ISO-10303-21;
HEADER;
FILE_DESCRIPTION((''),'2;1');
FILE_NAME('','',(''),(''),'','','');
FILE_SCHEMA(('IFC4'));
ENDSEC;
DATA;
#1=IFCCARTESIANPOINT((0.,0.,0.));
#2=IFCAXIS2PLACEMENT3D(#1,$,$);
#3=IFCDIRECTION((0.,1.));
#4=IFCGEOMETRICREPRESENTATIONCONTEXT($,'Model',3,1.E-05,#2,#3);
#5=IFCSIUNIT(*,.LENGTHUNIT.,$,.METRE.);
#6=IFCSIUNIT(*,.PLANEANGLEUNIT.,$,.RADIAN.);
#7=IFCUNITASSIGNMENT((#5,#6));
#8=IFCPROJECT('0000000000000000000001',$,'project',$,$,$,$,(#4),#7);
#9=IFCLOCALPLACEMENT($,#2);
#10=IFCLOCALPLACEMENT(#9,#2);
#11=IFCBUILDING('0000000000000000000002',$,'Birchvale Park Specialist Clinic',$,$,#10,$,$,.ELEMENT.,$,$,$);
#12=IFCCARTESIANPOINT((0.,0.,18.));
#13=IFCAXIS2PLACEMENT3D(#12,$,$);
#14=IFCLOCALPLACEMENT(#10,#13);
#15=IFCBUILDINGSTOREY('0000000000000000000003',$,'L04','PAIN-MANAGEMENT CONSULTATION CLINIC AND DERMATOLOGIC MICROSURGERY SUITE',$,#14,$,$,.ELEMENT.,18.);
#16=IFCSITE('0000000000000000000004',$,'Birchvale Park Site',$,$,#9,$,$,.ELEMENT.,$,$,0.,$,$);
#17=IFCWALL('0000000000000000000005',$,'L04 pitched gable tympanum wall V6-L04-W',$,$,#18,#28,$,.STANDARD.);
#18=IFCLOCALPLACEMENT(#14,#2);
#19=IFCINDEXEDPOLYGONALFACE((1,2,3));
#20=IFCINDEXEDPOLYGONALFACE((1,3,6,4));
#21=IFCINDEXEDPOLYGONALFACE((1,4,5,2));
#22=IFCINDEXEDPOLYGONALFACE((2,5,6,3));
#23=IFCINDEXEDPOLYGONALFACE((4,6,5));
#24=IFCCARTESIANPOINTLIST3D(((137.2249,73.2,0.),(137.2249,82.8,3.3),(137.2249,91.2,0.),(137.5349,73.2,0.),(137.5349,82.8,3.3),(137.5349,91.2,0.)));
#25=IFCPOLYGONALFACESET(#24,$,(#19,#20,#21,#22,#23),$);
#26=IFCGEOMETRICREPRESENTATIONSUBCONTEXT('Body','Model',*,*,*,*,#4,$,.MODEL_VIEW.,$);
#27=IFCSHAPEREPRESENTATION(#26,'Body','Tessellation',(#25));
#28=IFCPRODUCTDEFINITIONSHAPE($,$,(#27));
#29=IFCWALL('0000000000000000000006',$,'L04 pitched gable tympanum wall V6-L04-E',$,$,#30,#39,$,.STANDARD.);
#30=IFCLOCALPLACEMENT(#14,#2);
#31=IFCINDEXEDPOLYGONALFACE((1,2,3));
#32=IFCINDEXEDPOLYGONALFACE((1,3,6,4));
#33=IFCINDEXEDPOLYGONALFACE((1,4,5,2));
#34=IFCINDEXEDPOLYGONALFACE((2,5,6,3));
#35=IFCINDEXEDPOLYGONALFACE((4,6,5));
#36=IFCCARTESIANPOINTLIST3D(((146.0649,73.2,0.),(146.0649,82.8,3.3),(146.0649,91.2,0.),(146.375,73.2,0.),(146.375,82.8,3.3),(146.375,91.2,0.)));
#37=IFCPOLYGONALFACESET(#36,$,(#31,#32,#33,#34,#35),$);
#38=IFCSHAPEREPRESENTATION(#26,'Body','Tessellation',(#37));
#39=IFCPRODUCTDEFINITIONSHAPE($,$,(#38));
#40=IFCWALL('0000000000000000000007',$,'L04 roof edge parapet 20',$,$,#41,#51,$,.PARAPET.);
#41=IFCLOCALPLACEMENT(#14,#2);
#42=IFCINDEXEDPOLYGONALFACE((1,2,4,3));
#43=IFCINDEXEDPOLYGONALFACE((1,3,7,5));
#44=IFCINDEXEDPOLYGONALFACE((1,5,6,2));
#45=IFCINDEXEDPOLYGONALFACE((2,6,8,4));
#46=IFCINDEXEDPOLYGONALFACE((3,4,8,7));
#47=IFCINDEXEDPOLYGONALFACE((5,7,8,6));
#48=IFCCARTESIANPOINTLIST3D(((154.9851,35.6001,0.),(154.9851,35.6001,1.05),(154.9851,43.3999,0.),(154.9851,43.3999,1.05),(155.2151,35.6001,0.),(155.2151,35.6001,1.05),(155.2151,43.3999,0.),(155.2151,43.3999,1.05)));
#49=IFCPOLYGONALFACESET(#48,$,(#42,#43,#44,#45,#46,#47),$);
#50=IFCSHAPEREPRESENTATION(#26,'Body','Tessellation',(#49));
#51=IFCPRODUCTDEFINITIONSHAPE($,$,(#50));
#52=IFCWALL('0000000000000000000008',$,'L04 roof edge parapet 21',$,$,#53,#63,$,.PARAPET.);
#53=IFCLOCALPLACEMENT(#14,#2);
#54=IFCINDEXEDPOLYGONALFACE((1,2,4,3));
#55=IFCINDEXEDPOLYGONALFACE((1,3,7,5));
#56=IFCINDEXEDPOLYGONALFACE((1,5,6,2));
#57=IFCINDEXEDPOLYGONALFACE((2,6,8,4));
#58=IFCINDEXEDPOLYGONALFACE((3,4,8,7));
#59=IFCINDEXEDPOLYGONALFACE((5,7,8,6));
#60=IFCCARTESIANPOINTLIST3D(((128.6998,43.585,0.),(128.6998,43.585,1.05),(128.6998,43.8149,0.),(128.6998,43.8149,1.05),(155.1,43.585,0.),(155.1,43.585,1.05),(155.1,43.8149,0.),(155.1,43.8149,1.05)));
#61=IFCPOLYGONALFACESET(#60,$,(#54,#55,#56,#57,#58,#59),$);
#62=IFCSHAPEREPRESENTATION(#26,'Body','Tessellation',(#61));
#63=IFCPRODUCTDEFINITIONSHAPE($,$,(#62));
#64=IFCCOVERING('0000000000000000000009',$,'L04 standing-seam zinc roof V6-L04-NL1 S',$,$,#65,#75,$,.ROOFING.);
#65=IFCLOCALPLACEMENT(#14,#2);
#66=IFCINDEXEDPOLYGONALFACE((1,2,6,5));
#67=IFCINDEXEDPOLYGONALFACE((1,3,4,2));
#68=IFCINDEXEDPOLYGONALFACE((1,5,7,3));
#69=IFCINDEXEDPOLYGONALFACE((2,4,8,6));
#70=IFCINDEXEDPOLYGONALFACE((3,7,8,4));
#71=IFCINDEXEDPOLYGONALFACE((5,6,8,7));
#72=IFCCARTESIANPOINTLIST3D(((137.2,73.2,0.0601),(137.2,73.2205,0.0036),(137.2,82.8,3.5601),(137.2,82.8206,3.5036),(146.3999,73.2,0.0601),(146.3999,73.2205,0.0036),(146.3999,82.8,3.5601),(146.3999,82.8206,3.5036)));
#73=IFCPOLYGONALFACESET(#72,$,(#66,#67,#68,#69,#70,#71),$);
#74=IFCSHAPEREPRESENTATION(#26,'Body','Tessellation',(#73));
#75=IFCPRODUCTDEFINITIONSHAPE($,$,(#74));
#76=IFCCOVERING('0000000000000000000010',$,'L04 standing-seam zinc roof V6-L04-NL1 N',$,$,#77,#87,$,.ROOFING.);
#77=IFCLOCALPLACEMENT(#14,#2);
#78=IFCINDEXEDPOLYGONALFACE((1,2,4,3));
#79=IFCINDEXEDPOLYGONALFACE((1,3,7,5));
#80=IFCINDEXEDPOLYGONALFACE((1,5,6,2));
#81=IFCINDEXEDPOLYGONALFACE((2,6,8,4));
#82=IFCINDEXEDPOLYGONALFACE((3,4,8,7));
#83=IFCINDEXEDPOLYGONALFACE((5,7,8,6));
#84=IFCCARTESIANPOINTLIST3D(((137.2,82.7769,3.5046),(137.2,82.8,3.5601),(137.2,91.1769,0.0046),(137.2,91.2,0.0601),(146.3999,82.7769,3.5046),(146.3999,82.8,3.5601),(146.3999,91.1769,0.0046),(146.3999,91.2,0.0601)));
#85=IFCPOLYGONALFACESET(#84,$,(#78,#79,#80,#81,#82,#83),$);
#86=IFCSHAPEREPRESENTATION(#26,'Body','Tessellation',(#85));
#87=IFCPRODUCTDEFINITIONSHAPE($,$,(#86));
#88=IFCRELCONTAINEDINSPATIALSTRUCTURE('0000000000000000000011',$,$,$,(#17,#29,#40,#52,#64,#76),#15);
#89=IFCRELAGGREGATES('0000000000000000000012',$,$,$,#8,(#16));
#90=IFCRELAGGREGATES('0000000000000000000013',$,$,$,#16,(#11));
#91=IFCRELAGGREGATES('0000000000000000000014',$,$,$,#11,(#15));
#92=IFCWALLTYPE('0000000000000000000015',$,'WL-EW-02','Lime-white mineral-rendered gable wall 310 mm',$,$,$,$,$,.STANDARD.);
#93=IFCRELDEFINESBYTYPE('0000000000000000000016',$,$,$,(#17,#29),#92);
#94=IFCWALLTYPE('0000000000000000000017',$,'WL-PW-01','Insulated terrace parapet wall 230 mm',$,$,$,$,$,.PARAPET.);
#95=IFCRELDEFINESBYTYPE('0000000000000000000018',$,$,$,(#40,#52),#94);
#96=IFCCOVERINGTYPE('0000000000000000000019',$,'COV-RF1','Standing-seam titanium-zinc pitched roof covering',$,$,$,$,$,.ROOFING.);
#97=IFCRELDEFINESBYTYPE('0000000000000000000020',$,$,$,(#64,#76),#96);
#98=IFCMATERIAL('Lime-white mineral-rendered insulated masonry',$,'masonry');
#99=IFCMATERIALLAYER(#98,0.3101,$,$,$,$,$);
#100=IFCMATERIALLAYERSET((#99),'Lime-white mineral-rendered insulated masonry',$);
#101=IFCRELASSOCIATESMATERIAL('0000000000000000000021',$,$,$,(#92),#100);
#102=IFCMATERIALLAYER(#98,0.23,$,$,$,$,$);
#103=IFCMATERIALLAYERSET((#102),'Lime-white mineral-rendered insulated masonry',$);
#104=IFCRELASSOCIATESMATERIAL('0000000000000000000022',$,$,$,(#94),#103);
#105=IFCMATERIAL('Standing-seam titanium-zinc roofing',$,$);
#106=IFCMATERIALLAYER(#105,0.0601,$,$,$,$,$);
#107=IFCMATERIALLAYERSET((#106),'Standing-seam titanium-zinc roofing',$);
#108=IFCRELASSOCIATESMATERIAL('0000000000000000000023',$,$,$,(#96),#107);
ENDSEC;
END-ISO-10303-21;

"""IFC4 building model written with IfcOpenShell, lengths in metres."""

from ifc_helpers import new_model, si_unit, direction, frame, frame_2d, origin, place, context, subcontext, project, spatial, polyline, rectangle, outline, extrude, material, layer, layer_set, type_object, element, save


model = new_model("IFC4")

# Units and contexts
model_context = context("Model", 3, precision=1e-05, world=origin(), true_north=direction((0.0, 1.0)))
body_context = subcontext(model_context, "Body", "Model", "MODEL_VIEW")
ifc_project = project(units=[si_unit("LENGTHUNIT", "METRE"), si_unit("PLANEANGLEUNIT", "RADIAN")], contexts=[model_context])

# Site, building, storey
site_placement = place(None, origin())
site = spatial("IfcSite", under=ifc_project, at=site_placement, Name="Birchvale Park Site", CompositionType="ELEMENT", RefElevation=0.0)
building_placement = place(site_placement, origin())
building = spatial("IfcBuilding", under=site, at=building_placement, Name="Birchvale Park Specialist Clinic", CompositionType="ELEMENT")
storey_placement = place(building_placement, frame((0.0, 0.0, 18.0)))
storey = spatial("IfcBuildingStorey", under=building, at=storey_placement, Name="L04", Description="PAIN-MANAGEMENT CONSULTATION CLINIC AND DERMATOLOGIC MICROSURGERY SUITE", CompositionType="ELEMENT", Elevation=18.0)

# Shared definitions
ifc_material_1 = material(Name="Standing-seam titanium-zinc roofing")

# Walls
ifc_material_2 = material(Name="Lime-white mineral-rendered insulated masonry", Category="masonry")
ifc_layer_1 = layer(ifc_material_2, 0.3101)
ifc_layer_set_1 = layer_set([ifc_layer_1], Name="Lime-white mineral-rendered insulated masonry")
wall_type_1 = type_object("IfcWallType", Name="WL-EW-02", Description="Lime-white mineral-rendered gable wall 310 mm", PredefinedType="STANDARD", material=ifc_layer_set_1)
for number, where, z_axis, x_axis, name in (
    (1, (137.3799, 73.2, 0.0), (0.0, 0.0, 1.0), (0.0, 1.0, 0.0), "L04 pitched gable tympanum wall V6-L04-W"),
    (2, (146.22, 73.2, 0.0), (0.0, 0.0, 1.0), (0.0, 1.0, 0.0), "L04 pitched gable tympanum wall V6-L04-E"),
):
    element("IfcWall", number, at=place(storey_placement, frame(where, z_axis=z_axis, x_axis=x_axis)), inside=storey, type_object=wall_type_1, Name=name, PredefinedType="STANDARD", context=body_context, shape_type="SweptSolid", body=[
        extrude(outline(polyline([(0.0, 0.0), (18.0, 0.0), (18.0, 0.0), (9.6001, 3.3), (0.0, 0.0), (0.0, 0.0)])), frame((0.0, 0.155, 0.0), z_axis=(0.0, -1.0, 0.0), x_axis=(1.0, 0.0, 0.0)), (0.0, 0.0, 1.0), 0.3101),
    ])
ifc_layer_2 = layer(ifc_material_2, 0.23)
ifc_layer_set_2 = layer_set([ifc_layer_2], Name="Lime-white mineral-rendered insulated masonry")
wall_type_2 = type_object("IfcWallType", Name="WL-PW-01", Description="Insulated terrace parapet wall 230 mm", PredefinedType="PARAPET", material=ifc_layer_set_2)
wall_1_placement = place(storey_placement, frame((155.1001, 35.6001, 0.0), z_axis=(0.0, 0.0, 1.0), x_axis=(0.0, 1.0, 0.0)))
element("IfcWall", 3, at=wall_1_placement, inside=storey, type_object=wall_type_2, Name="L04 roof edge parapet 20", PredefinedType="PARAPET", context=body_context, shape_type="SweptSolid", body=[
    extrude(rectangle(XDim=7.7998, YDim=0.23, at=frame_2d((3.8999, 0.0))), origin(), (0.0, 0.0, 1.0), 1.05),
])
wall_2_placement = place(storey_placement, frame((155.1001, 43.7, 0.0), z_axis=(0.0, 0.0, 1.0), x_axis=(-1.0, 0.0, 0.0)))
element("IfcWall", 4, at=wall_2_placement, inside=storey, type_object=wall_type_2, Name="L04 roof edge parapet 21", PredefinedType="PARAPET", context=body_context, shape_type="SweptSolid", body=[
    extrude(rectangle(XDim=26.4001, YDim=0.23, at=frame_2d((13.2002, 0.0))), origin(), (0.0, 0.0, 1.0), 1.05),
])

# Coverings
ifc_layer_3 = layer(ifc_material_1, 0.0601)
ifc_layer_set_3 = layer_set([ifc_layer_3], Name="Standing-seam titanium-zinc roofing")
covering_type = type_object("IfcCoveringType", Name="COV-RF1", Description="Standing-seam titanium-zinc pitched roof covering", PredefinedType="ROOFING", material=ifc_layer_set_3)
covering_1_placement = place(storey_placement, frame((137.2, 73.2, 0.0601), z_axis=(0.0, -0.342526, 0.939508), x_axis=(1.0, 0.0, 0.0)))
element("IfcCovering", 5, at=covering_1_placement, inside=storey, type_object=covering_type, Name="L04 standing-seam zinc roof V6-L04-NL1 S", PredefinedType="ROOFING", context=body_context, shape_type="SweptSolid", body=[
    extrude(outline(polyline([(0.0, 0.0), (9.2, 0.0), (9.2, 10.2182), (0.0, 10.2182), (0.0, 0.0)])), origin(), (0.0, 0.0, -1.0), 0.0601),
])
covering_2_placement = place(storey_placement, frame((137.2, 82.8, 3.5601), z_axis=(0.0, 0.384619, 0.923075), x_axis=(1.0, 0.0, 0.0)))
element("IfcCovering", 6, at=covering_2_placement, inside=storey, type_object=covering_type, Name="L04 standing-seam zinc roof V6-L04-NL1 N", PredefinedType="ROOFING", context=body_context, shape_type="SweptSolid", body=[
    extrude(outline(polyline([(0.0, 0.0), (9.2, 0.0), (9.2, 9.0999), (0.0, 9.0999), (0.0, 0.0)])), origin(), (0.0, 0.0, -1.0), 0.0601),
])

save(model, "model.ifc")
